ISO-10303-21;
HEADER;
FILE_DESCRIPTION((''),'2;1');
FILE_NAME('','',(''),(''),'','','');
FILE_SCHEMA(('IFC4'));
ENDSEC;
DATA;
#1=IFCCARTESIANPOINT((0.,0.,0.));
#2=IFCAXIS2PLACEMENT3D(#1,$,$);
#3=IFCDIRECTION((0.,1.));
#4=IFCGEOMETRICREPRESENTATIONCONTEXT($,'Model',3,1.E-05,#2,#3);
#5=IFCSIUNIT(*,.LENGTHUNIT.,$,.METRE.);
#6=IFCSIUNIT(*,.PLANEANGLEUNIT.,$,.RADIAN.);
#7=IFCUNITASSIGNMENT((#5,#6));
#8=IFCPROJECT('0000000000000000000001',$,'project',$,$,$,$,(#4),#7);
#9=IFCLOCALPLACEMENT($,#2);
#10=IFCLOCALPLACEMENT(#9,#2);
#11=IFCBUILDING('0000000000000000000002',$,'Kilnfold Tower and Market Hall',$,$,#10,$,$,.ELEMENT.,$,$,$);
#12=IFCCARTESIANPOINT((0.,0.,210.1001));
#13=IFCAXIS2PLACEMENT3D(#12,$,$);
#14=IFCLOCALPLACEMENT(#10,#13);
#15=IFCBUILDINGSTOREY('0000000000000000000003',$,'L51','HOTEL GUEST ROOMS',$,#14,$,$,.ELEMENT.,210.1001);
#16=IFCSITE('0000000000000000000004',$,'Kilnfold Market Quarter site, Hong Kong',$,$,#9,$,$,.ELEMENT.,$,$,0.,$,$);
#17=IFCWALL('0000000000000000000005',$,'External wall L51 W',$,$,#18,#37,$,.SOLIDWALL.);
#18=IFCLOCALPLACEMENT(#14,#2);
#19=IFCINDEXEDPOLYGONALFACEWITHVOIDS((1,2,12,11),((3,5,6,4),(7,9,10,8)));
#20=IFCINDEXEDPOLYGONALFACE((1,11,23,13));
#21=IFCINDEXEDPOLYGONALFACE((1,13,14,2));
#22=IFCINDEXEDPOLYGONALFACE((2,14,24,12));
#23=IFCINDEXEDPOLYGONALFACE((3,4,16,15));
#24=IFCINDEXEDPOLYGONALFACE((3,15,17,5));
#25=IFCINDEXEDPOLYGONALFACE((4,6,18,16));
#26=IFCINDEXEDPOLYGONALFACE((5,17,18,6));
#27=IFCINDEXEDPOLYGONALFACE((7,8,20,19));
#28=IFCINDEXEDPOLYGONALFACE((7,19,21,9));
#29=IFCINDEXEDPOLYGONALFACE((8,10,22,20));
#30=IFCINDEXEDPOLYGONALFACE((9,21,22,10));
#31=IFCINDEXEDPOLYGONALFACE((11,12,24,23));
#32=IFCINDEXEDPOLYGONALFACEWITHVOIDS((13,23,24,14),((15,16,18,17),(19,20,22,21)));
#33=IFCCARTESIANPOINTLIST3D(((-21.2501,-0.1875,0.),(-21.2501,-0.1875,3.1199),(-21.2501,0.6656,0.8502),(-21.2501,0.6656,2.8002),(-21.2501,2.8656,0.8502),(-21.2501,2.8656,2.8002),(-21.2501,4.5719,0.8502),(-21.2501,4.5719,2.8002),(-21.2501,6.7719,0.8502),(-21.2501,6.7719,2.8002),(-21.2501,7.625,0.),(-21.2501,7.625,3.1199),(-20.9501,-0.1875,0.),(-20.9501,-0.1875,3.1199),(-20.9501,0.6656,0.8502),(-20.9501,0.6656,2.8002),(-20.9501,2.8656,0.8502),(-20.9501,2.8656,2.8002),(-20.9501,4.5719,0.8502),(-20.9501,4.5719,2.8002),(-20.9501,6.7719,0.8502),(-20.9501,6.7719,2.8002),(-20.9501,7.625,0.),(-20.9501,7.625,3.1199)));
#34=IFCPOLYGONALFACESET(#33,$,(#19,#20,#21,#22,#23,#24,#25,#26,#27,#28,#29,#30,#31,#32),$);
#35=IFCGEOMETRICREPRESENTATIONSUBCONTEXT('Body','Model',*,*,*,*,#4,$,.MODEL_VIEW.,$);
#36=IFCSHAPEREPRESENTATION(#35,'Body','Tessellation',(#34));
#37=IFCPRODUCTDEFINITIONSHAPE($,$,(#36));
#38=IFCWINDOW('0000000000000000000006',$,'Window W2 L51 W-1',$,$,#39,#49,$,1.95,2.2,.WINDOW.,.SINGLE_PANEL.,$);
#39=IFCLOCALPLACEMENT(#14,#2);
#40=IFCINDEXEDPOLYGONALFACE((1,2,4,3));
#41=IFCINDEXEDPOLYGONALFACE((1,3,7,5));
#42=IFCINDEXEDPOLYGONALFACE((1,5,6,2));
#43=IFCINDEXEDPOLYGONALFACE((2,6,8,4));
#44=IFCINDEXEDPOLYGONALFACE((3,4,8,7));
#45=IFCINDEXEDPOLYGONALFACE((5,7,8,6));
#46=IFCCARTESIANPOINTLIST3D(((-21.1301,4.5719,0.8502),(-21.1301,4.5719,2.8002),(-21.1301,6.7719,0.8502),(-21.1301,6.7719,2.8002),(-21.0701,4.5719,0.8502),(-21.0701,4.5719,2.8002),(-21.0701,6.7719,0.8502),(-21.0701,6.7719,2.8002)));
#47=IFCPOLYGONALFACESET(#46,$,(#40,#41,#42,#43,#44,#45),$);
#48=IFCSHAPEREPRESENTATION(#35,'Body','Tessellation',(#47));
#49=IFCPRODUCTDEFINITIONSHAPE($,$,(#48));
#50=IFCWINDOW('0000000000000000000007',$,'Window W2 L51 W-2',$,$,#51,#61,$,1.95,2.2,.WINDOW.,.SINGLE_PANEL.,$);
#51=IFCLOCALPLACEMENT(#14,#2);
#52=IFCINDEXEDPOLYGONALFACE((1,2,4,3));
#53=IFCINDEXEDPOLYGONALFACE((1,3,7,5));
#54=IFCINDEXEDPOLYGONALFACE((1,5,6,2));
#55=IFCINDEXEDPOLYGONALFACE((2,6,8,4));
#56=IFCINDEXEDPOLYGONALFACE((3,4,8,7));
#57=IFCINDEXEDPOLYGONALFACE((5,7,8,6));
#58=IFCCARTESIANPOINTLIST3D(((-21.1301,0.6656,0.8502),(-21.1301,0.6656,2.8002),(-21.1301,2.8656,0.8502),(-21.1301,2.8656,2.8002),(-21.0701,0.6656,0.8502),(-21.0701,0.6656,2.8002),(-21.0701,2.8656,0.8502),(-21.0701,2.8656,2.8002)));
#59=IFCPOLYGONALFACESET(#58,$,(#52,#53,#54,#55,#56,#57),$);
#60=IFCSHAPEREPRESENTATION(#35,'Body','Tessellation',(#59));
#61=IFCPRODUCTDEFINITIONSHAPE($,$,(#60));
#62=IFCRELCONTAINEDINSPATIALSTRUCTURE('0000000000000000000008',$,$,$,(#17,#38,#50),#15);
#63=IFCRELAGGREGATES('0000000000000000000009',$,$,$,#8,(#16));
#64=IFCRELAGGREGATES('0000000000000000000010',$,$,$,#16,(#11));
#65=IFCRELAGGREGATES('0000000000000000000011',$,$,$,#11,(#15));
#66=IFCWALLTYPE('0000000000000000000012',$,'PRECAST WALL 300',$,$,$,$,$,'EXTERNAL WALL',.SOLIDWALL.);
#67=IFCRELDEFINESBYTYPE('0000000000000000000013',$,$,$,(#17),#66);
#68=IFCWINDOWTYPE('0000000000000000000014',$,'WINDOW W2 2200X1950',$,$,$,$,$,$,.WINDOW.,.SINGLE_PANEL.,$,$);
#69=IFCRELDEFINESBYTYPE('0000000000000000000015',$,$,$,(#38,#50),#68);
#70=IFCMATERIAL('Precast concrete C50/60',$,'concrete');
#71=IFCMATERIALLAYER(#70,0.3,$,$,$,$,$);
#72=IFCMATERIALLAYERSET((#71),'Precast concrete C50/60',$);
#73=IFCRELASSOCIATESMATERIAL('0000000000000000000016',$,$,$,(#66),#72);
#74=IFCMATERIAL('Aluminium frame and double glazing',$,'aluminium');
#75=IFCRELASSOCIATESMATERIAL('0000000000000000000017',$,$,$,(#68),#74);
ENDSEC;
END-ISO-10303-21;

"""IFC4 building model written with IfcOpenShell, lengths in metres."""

from ifc_helpers import new_model, si_unit, direction, frame, frame_2d, origin, place, context, subcontext, project, spatial, rectangle, extrude, source, transform, mapped, material, layer, layer_set, type_object, element, fill, save


model = new_model("IFC4")

# Units and contexts
model_context = context("Model", 3, precision=1e-05, world=origin(), true_north=direction((0.0, 1.0)))
body_context = subcontext(model_context, "Body", "Model", "MODEL_VIEW")
ifc_project = project(units=[si_unit("LENGTHUNIT", "METRE"), si_unit("PLANEANGLEUNIT", "RADIAN")], contexts=[model_context])

# Site, building, storey
site_placement = place(None, origin())
site = spatial("IfcSite", under=ifc_project, at=site_placement, Name="Kilnfold Market Quarter site, Hong Kong", CompositionType="ELEMENT", RefElevation=0.0)
building_placement = place(site_placement, origin())
building = spatial("IfcBuilding", under=site, at=building_placement, Name="Kilnfold Tower and Market Hall", CompositionType="ELEMENT")
storey_placement = place(building_placement, frame((0.0, 0.0, 210.1001)))
storey = spatial("IfcBuildingStorey", under=building, at=storey_placement, Name="L51", Description="HOTEL GUEST ROOMS", CompositionType="ELEMENT", Elevation=210.1001)

# Wall, openings, windows
ifc_material_1 = material(Name="Precast concrete C50/60", Category="concrete")
ifc_layer_1 = layer(ifc_material_1, 0.3)
ifc_layer_set_1 = layer_set([ifc_layer_1], Name="Precast concrete C50/60")
wall_type_1 = type_object("IfcWallType", Name="PRECAST WALL 300", ElementType="EXTERNAL WALL", PredefinedType="SOLIDWALL", material=ifc_layer_set_1)
shared_shape_1 = source(origin(), body_context, "Body", "SweptSolid", [
    extrude(rectangle(XDim=7.8125, YDim=0.3, at=frame_2d((3.9062, 0.0))), origin(), (0.0, 0.0, 1.0), 3.1199),
])
wall_1_placement = place(storey_placement, frame((-21.1001, 7.625, 0.0), z_axis=(0.0, 0.0, 1.0), x_axis=(0.0, -1.0, 0.0)))
wall_1 = element("IfcWall", 1, at=wall_1_placement, inside=storey, type_object=wall_type_1, Name="External wall L51 W", PredefinedType="SOLIDWALL", context=body_context, shape_type="MappedRepresentation", body=[
    mapped(shared_shape_1, transform((0.0, 0.0, 0.0))),
])
opening_1_placement = place(wall_1_placement, frame((0.853, 0.0, 0.8501)))
opening_1 = element("IfcOpeningElement", 2, at=opening_1_placement, cuts=wall_1, PredefinedType="OPENING", context=body_context, shape_type="SweptSolid", body=[
    extrude(rectangle(XDim=2.2, YDim=1.95, at=frame_2d((1.1001, 0.9751))), frame((0.0, 0.1602, 0.0), z_axis=(0.0, -1.0, 0.0), x_axis=(1.0, 0.0, 0.0)), (0.0, 0.0, 1.0), 0.3201),
])
opening_2_placement = place(wall_1_placement, frame((4.7593, 0.0, 0.8501)))
opening_2 = element("IfcOpeningElement", 3, at=opening_2_placement, cuts=wall_1, PredefinedType="OPENING", context=body_context, shape_type="SweptSolid", body=[
    extrude(rectangle(XDim=2.2, YDim=1.95, at=frame_2d((1.1001, 0.9751))), frame((0.0, 0.1602, 0.0), z_axis=(0.0, -1.0, 0.0), x_axis=(1.0, 0.0, 0.0)), (0.0, 0.0, 1.0), 0.3201),
])
ifc_material_2 = material(Name="Aluminium frame and double glazing", Category="aluminium")
window_type = type_object("IfcWindowType", Name="WINDOW W2 2200X1950", PartitioningType="SINGLE_PANEL", PredefinedType="WINDOW", material=ifc_material_2)
window_1_placement = place(opening_1_placement, origin())
window_1 = element("IfcWindow", 4, at=window_1_placement, inside=storey, type_object=window_type, Name="Window W2 L51 W-1", OverallHeight=1.95, OverallWidth=2.2, PartitioningType="SINGLE_PANEL", PredefinedType="WINDOW", context=body_context, shape_type="SweptSolid", body=[
    extrude(rectangle(XDim=2.2, YDim=1.95, at=frame_2d((1.1001, 0.9751))), frame((0.0, 0.03, 0.0), z_axis=(0.0, -1.0, 0.0), x_axis=(1.0, 0.0, 0.0)), (0.0, 0.0, 1.0), 0.0601),
])
fill(opening_1, window_1)
window_2_placement = place(opening_2_placement, origin())
window_2 = element("IfcWindow", 5, at=window_2_placement, inside=storey, type_object=window_type, Name="Window W2 L51 W-2", OverallHeight=1.95, OverallWidth=2.2, PartitioningType="SINGLE_PANEL", PredefinedType="WINDOW", context=body_context, shape_type="SweptSolid", body=[
    extrude(rectangle(XDim=2.2, YDim=1.95, at=frame_2d((1.1001, 0.9751))), frame((0.0, 0.03, 0.0), z_axis=(0.0, -1.0, 0.0), x_axis=(1.0, 0.0, 0.0)), (0.0, 0.0, 1.0), 0.0601),
])
fill(opening_2, window_2)

save(model, "model.ifc")
